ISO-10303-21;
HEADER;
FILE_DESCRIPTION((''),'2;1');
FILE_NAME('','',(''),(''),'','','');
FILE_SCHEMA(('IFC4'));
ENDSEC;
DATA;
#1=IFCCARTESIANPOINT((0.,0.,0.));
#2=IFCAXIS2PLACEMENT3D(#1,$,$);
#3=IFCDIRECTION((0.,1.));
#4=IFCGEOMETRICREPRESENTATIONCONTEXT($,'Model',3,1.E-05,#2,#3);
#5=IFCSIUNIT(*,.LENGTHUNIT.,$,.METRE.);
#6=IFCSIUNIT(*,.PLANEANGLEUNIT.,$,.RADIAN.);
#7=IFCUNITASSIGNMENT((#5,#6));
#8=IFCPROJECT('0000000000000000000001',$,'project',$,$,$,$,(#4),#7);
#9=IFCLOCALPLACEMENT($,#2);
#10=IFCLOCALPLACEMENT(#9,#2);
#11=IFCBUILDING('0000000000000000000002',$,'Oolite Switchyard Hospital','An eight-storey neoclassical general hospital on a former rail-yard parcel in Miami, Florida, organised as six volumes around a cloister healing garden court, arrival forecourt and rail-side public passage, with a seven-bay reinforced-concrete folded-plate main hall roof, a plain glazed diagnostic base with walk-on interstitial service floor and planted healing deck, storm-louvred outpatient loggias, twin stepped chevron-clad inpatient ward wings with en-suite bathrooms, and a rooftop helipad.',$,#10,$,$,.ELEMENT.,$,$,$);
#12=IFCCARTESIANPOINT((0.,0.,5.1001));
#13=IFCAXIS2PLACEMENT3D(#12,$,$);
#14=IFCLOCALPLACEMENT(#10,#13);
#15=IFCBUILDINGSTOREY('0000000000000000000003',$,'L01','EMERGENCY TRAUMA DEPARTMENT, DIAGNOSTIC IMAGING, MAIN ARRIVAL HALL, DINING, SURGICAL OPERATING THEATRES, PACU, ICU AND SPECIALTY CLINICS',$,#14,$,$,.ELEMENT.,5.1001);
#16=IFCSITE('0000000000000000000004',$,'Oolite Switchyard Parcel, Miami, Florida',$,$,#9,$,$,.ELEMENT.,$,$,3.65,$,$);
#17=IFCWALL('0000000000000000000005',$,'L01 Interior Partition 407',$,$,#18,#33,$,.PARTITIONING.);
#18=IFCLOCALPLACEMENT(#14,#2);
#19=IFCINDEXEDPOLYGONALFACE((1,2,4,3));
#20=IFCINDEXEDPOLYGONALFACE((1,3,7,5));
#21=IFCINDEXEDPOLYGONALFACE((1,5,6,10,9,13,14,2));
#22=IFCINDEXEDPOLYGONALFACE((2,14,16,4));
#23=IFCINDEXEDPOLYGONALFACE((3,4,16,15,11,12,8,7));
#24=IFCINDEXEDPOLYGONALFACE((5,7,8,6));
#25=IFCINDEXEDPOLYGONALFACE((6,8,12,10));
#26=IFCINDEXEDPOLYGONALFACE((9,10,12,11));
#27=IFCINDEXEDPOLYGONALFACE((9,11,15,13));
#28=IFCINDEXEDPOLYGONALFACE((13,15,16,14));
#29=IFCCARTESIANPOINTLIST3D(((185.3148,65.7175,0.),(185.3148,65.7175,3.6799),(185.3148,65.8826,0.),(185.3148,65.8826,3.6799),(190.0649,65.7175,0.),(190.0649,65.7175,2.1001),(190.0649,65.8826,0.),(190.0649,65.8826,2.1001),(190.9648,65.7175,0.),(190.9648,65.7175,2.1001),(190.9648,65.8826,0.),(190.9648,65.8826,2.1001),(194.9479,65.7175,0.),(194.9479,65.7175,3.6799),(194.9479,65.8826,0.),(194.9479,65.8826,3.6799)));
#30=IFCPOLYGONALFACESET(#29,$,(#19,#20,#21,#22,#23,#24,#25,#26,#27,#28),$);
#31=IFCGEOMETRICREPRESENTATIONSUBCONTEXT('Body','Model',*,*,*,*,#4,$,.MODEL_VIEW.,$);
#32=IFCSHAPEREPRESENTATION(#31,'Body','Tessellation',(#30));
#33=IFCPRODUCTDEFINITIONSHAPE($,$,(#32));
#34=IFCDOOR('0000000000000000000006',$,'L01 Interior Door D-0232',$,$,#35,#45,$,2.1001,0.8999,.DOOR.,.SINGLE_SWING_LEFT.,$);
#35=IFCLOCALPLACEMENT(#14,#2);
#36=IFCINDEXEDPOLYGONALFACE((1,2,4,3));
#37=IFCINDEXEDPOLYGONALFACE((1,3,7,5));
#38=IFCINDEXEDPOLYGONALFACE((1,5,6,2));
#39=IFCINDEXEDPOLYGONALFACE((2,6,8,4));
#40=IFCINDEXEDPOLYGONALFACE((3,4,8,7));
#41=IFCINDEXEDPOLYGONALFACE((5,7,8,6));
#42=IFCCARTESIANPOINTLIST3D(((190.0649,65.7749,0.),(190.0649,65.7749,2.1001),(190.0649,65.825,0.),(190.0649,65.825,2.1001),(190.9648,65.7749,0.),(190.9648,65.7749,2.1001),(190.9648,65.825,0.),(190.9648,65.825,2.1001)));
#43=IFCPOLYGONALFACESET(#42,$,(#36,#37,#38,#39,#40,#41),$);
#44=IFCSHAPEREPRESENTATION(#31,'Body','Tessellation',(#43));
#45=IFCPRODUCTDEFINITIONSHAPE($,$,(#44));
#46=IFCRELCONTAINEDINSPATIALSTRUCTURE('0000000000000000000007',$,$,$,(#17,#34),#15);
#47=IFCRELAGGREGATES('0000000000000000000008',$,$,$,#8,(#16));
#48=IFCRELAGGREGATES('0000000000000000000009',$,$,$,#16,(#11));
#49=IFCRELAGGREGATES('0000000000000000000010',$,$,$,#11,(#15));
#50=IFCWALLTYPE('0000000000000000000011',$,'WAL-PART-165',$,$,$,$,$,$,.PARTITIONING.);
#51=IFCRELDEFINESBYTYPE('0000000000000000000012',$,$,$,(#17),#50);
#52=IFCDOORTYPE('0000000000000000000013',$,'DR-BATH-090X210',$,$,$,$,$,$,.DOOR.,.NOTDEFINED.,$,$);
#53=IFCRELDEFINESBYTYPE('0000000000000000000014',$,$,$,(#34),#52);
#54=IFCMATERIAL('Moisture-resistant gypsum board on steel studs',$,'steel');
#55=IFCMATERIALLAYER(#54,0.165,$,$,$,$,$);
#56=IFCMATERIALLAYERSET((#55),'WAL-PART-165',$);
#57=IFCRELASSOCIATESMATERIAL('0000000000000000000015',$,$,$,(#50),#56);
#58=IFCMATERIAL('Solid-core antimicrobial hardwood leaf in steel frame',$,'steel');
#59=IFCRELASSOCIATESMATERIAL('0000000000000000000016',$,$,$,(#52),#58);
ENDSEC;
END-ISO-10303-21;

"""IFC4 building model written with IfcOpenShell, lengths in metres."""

from ifc_helpers import new_model, si_unit, direction, frame, frame_2d, origin, place, context, subcontext, project, spatial, rectangle, extrude, material, layer, layer_set, type_object, element, fill, save


model = new_model("IFC4")

# Units and contexts
model_context = context("Model", 3, precision=1e-05, world=origin(), true_north=direction((0.0, 1.0)))
body_context = subcontext(model_context, "Body", "Model", "MODEL_VIEW")
ifc_project = project(units=[si_unit("LENGTHUNIT", "METRE"), si_unit("PLANEANGLEUNIT", "RADIAN")], contexts=[model_context])

# Site, building, storey
site_placement = place(None, origin())
site = spatial("IfcSite", under=ifc_project, at=site_placement, Name="Oolite Switchyard Parcel, Miami, Florida", CompositionType="ELEMENT", RefElevation=3.65)
building_placement = place(site_placement, origin())
building = spatial("IfcBuilding", under=site, at=building_placement, Name="Oolite Switchyard Hospital", Description="An eight-storey neoclassical general hospital on a former rail-yard parcel in Miami, Florida, organised as six volumes around a cloister healing garden court, arrival forecourt and rail-side public passage, with a seven-bay reinforced-concrete folded-plate main hall roof, a plain glazed diagnostic base with walk-on interstitial service floor and planted healing deck, storm-louvred outpatient loggias, twin stepped chevron-clad inpatient ward wings with en-suite bathrooms, and a rooftop helipad.", CompositionType="ELEMENT")
storey_placement = place(building_placement, frame((0.0, 0.0, 5.1001)))
storey = spatial("IfcBuildingStorey", under=building, at=storey_placement, Name="L01", Description="EMERGENCY TRAUMA DEPARTMENT, DIAGNOSTIC IMAGING, MAIN ARRIVAL HALL, DINING, SURGICAL OPERATING THEATRES, PACU, ICU AND SPECIALTY CLINICS", CompositionType="ELEMENT", Elevation=5.1001)

# Shared definitions
ifc_material_1 = material(Name="Moisture-resistant gypsum board on steel studs", Category="steel")

# Wall, opening, door
ifc_layer_1 = layer(ifc_material_1, 0.165)
ifc_layer_set_1 = layer_set([ifc_layer_1], Name="WAL-PART-165")
wall_type_1 = type_object("IfcWallType", Name="WAL-PART-165", PredefinedType="PARTITIONING", material=ifc_layer_set_1)
ifc_material_2 = material(Name="Solid-core antimicrobial hardwood leaf in steel frame", Category="steel")
wall_1_placement = place(storey_placement, frame((185.3149, 65.8, 0.0), z_axis=(0.0, 0.0, 1.0), x_axis=(1.0, 0.0, 0.0)))
wall_1 = element("IfcWall", 1, at=wall_1_placement, inside=storey, type_object=wall_type_1, Name="L01 Interior Partition 407", PredefinedType="PARTITIONING", context=body_context, shape_type="SweptSolid", body=[
    extrude(rectangle(XDim=9.6331, YDim=0.165, at=frame_2d((4.8164, 0.0))), origin(), (0.0, 0.0, 1.0), 3.6799),
])
opening_1_placement = place(wall_1_placement, frame((4.75, 0.0, 0.0)))
opening_1 = element("IfcOpeningElement", 2, at=opening_1_placement, cuts=wall_1, PredefinedType="OPENING", context=body_context, shape_type="SweptSolid", body=[
    extrude(rectangle(XDim=0.8999, YDim=2.1001, at=frame_2d((0.45, 1.05))), frame((0.0, 0.0925, 0.0), z_axis=(0.0, -1.0, 0.0), x_axis=(1.0, 0.0, 0.0)), (0.0, 0.0, 1.0), 0.1851),
])
door_type_1 = type_object("IfcDoorType", Name="DR-BATH-090X210", OperationType="NOTDEFINED", PredefinedType="DOOR", material=ifc_material_2)
door_1_placement = place(opening_1_placement, origin())
door_1 = element("IfcDoor", 3, at=door_1_placement, inside=storey, type_object=door_type_1, Name="L01 Interior Door D-0232", OperationType="SINGLE_SWING_LEFT", OverallHeight=2.1001, OverallWidth=0.8999, PredefinedType="DOOR", context=body_context, shape_type="SweptSolid", body=[
    extrude(rectangle(XDim=0.8999, YDim=2.1001, at=frame_2d((0.45, 1.05))), frame((0.0, 0.0249, 0.0), z_axis=(0.0, -1.0, 0.0), x_axis=(1.0, 0.0, 0.0)), (0.0, 0.0, 1.0), 0.05),
])
fill(opening_1, door_1)

save(model, "model.ifc")
